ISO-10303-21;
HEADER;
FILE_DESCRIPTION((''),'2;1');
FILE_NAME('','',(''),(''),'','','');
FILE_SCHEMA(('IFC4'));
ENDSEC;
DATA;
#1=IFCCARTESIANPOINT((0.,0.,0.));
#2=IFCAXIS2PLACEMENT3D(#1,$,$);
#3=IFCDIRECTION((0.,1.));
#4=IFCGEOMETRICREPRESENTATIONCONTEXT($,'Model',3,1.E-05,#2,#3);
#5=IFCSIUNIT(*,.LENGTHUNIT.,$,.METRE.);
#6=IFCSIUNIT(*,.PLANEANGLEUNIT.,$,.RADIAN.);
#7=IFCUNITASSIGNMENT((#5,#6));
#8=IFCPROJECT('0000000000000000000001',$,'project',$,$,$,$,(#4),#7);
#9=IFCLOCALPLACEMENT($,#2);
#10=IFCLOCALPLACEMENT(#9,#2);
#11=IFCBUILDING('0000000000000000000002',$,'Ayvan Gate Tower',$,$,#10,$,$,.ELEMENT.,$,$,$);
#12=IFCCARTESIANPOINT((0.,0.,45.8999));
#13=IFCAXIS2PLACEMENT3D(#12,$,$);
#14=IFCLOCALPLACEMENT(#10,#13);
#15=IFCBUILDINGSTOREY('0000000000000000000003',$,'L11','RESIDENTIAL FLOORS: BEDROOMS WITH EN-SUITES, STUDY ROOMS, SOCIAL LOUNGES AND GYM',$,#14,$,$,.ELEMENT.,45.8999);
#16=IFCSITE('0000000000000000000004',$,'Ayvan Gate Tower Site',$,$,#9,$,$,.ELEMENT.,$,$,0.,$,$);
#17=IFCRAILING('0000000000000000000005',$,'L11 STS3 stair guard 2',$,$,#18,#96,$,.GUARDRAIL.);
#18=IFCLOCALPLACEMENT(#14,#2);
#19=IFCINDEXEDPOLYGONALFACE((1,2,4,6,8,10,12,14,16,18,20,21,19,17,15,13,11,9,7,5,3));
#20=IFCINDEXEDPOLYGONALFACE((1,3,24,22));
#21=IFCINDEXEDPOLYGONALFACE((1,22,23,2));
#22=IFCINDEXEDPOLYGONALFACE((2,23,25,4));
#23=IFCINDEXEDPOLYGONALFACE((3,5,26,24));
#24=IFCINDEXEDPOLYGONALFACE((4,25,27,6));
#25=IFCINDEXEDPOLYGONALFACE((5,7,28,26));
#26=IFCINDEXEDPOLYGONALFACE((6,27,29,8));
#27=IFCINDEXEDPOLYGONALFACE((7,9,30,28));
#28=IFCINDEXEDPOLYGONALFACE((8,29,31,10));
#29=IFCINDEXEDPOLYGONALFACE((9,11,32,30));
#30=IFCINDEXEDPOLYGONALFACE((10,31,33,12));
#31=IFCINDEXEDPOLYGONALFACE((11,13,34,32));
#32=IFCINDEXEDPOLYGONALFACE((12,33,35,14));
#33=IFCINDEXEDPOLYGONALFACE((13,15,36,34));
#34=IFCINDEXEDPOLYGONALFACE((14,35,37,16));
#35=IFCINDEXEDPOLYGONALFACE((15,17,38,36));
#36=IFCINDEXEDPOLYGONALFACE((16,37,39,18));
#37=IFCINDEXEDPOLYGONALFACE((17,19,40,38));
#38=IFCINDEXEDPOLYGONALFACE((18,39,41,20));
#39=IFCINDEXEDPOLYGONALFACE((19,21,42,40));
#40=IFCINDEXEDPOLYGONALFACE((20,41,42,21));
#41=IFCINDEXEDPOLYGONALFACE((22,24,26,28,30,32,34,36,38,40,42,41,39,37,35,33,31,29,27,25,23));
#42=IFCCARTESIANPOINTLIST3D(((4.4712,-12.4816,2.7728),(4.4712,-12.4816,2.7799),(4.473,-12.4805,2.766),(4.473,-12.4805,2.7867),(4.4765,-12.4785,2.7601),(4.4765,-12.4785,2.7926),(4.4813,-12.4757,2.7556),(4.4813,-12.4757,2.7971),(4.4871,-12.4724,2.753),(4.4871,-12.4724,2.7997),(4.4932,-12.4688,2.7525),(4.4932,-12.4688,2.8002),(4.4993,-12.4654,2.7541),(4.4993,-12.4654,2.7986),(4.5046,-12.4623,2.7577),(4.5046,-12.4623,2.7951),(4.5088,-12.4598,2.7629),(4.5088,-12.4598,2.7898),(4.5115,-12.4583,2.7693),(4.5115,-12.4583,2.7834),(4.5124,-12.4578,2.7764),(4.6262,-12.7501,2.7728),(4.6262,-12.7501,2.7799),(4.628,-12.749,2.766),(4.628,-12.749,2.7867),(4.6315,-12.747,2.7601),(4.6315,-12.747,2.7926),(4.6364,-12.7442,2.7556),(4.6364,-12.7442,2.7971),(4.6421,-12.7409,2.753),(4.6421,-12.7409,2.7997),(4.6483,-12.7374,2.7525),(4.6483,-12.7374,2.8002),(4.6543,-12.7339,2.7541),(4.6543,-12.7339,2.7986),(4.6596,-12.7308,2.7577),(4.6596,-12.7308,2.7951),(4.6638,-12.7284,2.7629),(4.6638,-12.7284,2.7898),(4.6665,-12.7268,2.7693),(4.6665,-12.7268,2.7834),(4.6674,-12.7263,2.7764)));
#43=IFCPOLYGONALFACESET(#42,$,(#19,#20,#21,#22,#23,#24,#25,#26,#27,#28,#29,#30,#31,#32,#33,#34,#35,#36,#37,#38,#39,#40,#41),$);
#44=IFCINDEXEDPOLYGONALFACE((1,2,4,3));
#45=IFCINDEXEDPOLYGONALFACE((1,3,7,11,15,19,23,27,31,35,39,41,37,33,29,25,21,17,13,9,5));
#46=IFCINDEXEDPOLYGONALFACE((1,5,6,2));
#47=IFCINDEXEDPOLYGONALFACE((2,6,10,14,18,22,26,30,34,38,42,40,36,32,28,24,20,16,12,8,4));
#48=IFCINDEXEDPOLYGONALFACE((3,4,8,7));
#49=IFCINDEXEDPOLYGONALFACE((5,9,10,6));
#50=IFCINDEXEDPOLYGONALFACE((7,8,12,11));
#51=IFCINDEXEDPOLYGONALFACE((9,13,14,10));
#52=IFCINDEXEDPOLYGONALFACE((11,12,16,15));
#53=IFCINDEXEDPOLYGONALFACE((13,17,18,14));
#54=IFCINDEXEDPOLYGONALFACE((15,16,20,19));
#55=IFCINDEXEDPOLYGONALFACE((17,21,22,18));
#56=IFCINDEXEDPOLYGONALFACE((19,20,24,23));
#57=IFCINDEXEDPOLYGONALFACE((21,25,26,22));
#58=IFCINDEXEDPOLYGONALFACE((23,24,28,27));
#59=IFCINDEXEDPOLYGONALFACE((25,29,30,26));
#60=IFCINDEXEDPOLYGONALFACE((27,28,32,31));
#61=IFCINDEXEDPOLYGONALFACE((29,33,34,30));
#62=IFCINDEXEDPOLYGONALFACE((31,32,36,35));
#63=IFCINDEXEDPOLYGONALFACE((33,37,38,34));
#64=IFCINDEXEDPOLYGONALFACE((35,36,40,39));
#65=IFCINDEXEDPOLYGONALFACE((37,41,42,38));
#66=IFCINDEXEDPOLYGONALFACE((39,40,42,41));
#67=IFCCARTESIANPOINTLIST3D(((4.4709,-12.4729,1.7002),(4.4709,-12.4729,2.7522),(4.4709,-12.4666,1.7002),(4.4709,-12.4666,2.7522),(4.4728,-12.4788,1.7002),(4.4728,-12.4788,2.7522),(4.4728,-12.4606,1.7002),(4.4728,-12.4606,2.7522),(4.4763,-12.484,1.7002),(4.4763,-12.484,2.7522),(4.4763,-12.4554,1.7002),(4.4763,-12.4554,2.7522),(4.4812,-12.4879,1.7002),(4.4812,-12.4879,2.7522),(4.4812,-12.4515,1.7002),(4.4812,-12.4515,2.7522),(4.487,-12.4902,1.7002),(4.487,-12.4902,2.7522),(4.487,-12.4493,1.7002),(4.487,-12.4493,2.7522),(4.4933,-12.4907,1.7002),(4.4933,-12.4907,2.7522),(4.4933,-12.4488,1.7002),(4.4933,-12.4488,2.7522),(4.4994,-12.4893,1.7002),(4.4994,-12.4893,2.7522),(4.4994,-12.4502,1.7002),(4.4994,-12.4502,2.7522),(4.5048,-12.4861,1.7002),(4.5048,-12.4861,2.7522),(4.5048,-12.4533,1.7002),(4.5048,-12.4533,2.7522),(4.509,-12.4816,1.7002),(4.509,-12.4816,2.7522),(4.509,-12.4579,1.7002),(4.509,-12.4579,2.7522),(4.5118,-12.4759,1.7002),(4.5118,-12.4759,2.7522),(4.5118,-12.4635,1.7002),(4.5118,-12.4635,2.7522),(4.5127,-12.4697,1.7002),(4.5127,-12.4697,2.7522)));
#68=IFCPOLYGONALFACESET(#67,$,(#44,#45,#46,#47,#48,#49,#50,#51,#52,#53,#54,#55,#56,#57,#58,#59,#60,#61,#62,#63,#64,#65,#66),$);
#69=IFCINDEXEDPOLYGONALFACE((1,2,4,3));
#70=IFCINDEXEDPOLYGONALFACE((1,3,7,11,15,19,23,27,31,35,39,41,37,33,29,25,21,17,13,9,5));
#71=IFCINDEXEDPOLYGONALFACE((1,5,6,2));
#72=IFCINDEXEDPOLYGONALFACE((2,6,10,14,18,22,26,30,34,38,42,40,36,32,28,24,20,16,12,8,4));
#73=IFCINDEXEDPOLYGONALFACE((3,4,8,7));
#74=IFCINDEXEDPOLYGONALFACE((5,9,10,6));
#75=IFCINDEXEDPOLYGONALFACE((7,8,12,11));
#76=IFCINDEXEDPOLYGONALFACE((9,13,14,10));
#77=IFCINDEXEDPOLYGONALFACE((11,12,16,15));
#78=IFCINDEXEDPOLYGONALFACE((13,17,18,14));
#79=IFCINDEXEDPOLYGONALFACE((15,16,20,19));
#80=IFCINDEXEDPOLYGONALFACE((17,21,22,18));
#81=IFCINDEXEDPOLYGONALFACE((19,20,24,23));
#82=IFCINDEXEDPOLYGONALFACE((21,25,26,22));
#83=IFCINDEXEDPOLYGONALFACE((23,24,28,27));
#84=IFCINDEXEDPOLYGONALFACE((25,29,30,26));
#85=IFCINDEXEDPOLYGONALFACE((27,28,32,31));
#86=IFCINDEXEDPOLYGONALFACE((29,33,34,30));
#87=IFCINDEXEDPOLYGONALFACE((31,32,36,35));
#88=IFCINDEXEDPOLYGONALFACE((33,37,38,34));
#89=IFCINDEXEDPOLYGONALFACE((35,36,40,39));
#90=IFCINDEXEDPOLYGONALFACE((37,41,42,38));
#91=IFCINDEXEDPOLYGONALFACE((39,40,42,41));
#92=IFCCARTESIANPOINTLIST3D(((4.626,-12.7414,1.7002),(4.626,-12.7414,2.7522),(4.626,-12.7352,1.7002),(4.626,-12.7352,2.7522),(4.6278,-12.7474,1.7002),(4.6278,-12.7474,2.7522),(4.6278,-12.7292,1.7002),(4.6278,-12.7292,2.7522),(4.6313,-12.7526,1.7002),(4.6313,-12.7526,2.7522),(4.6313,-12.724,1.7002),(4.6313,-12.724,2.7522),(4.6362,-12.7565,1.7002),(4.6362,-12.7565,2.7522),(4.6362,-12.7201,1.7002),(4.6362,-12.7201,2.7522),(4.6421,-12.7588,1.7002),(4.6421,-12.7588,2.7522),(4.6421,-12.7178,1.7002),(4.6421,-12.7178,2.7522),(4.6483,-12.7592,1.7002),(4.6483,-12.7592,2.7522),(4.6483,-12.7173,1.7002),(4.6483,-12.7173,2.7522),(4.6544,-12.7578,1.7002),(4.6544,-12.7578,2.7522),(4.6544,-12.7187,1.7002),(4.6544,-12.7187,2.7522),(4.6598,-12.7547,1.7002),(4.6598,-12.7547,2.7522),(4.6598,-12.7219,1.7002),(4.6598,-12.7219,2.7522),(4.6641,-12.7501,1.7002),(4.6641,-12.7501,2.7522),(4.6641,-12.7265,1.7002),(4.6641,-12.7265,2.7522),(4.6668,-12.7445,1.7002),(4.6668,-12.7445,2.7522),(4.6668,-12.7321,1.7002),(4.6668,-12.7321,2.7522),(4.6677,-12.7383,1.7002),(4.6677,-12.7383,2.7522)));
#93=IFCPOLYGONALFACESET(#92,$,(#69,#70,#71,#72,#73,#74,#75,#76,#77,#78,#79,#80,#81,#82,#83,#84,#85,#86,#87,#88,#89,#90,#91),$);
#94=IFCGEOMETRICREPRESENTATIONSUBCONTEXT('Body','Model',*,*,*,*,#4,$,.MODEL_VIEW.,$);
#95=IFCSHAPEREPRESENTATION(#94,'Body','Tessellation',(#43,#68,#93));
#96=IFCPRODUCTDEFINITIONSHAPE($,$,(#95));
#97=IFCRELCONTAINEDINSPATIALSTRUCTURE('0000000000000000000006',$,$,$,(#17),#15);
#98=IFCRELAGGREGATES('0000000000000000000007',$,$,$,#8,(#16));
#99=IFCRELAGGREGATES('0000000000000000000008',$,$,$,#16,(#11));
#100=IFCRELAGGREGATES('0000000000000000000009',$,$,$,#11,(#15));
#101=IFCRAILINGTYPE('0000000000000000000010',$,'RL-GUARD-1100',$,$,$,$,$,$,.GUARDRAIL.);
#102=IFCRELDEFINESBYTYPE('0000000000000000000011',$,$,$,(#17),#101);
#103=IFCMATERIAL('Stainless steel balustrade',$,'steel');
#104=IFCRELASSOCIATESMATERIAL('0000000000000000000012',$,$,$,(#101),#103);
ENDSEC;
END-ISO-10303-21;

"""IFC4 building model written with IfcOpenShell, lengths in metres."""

from ifc_helpers import new_model, si_unit, direction, frame, origin, origin_2d, place, context, subcontext, project, spatial, circle, extrude, material, type_object, element, save


model = new_model("IFC4")

# Units and contexts
model_context = context("Model", 3, precision=1e-05, world=origin(), true_north=direction((0.0, 1.0)))
body_context = subcontext(model_context, "Body", "Model", "MODEL_VIEW")
ifc_project = project(units=[si_unit("LENGTHUNIT", "METRE"), si_unit("PLANEANGLEUNIT", "RADIAN")], contexts=[model_context])

# Site, building, storey
site_placement = place(None, origin())
site = spatial("IfcSite", under=ifc_project, at=site_placement, Name="Ayvan Gate Tower Site", CompositionType="ELEMENT", RefElevation=0.0)
building_placement = place(site_placement, origin())
building = spatial("IfcBuilding", under=site, at=building_placement, Name="Ayvan Gate Tower", CompositionType="ELEMENT")
storey_placement = place(building_placement, frame((0.0, 0.0, 45.8999)))
storey = spatial("IfcBuildingStorey", under=building, at=storey_placement, Name="L11", Description="RESIDENTIAL FLOORS: BEDROOMS WITH EN-SUITES, STUDY ROOMS, SOCIAL LOUNGES AND GYM", CompositionType="ELEMENT", Elevation=45.8999)

# Railing
ifc_material_1 = material(Name="Stainless steel balustrade", Category="steel")
railing_type_1 = type_object("IfcRailingType", Name="RL-GUARD-1100", PredefinedType="GUARDRAIL", material=ifc_material_1)
railing_1_placement = place(storey_placement, frame((4.4917, -12.4697, 1.7002)))
element("IfcRailing", 1, at=railing_1_placement, inside=storey, type_object=railing_type_1, Name="L11 STS3 stair guard 2", PredefinedType="GUARDRAIL", context=body_context, shape_type="SweptSolid", body=[
    extrude(circle(Radius=0.0239, at=origin_2d()), frame((0.0, 0.0, 1.0762), z_axis=(0.49995, -0.866054, 0.0), x_axis=(0.866054, 0.49995, 0.0)), (0.0, 0.0, 1.0), 0.3101),
    extrude(circle(Radius=0.021, at=origin_2d()), origin(), (0.0, 0.0, 1.0), 1.052),
    extrude(circle(Radius=0.021, at=origin_2d()), frame((0.155, -0.2686, 0.0)), (0.0, 0.0, 1.0), 1.052),
])

save(model, "model.ifc")
